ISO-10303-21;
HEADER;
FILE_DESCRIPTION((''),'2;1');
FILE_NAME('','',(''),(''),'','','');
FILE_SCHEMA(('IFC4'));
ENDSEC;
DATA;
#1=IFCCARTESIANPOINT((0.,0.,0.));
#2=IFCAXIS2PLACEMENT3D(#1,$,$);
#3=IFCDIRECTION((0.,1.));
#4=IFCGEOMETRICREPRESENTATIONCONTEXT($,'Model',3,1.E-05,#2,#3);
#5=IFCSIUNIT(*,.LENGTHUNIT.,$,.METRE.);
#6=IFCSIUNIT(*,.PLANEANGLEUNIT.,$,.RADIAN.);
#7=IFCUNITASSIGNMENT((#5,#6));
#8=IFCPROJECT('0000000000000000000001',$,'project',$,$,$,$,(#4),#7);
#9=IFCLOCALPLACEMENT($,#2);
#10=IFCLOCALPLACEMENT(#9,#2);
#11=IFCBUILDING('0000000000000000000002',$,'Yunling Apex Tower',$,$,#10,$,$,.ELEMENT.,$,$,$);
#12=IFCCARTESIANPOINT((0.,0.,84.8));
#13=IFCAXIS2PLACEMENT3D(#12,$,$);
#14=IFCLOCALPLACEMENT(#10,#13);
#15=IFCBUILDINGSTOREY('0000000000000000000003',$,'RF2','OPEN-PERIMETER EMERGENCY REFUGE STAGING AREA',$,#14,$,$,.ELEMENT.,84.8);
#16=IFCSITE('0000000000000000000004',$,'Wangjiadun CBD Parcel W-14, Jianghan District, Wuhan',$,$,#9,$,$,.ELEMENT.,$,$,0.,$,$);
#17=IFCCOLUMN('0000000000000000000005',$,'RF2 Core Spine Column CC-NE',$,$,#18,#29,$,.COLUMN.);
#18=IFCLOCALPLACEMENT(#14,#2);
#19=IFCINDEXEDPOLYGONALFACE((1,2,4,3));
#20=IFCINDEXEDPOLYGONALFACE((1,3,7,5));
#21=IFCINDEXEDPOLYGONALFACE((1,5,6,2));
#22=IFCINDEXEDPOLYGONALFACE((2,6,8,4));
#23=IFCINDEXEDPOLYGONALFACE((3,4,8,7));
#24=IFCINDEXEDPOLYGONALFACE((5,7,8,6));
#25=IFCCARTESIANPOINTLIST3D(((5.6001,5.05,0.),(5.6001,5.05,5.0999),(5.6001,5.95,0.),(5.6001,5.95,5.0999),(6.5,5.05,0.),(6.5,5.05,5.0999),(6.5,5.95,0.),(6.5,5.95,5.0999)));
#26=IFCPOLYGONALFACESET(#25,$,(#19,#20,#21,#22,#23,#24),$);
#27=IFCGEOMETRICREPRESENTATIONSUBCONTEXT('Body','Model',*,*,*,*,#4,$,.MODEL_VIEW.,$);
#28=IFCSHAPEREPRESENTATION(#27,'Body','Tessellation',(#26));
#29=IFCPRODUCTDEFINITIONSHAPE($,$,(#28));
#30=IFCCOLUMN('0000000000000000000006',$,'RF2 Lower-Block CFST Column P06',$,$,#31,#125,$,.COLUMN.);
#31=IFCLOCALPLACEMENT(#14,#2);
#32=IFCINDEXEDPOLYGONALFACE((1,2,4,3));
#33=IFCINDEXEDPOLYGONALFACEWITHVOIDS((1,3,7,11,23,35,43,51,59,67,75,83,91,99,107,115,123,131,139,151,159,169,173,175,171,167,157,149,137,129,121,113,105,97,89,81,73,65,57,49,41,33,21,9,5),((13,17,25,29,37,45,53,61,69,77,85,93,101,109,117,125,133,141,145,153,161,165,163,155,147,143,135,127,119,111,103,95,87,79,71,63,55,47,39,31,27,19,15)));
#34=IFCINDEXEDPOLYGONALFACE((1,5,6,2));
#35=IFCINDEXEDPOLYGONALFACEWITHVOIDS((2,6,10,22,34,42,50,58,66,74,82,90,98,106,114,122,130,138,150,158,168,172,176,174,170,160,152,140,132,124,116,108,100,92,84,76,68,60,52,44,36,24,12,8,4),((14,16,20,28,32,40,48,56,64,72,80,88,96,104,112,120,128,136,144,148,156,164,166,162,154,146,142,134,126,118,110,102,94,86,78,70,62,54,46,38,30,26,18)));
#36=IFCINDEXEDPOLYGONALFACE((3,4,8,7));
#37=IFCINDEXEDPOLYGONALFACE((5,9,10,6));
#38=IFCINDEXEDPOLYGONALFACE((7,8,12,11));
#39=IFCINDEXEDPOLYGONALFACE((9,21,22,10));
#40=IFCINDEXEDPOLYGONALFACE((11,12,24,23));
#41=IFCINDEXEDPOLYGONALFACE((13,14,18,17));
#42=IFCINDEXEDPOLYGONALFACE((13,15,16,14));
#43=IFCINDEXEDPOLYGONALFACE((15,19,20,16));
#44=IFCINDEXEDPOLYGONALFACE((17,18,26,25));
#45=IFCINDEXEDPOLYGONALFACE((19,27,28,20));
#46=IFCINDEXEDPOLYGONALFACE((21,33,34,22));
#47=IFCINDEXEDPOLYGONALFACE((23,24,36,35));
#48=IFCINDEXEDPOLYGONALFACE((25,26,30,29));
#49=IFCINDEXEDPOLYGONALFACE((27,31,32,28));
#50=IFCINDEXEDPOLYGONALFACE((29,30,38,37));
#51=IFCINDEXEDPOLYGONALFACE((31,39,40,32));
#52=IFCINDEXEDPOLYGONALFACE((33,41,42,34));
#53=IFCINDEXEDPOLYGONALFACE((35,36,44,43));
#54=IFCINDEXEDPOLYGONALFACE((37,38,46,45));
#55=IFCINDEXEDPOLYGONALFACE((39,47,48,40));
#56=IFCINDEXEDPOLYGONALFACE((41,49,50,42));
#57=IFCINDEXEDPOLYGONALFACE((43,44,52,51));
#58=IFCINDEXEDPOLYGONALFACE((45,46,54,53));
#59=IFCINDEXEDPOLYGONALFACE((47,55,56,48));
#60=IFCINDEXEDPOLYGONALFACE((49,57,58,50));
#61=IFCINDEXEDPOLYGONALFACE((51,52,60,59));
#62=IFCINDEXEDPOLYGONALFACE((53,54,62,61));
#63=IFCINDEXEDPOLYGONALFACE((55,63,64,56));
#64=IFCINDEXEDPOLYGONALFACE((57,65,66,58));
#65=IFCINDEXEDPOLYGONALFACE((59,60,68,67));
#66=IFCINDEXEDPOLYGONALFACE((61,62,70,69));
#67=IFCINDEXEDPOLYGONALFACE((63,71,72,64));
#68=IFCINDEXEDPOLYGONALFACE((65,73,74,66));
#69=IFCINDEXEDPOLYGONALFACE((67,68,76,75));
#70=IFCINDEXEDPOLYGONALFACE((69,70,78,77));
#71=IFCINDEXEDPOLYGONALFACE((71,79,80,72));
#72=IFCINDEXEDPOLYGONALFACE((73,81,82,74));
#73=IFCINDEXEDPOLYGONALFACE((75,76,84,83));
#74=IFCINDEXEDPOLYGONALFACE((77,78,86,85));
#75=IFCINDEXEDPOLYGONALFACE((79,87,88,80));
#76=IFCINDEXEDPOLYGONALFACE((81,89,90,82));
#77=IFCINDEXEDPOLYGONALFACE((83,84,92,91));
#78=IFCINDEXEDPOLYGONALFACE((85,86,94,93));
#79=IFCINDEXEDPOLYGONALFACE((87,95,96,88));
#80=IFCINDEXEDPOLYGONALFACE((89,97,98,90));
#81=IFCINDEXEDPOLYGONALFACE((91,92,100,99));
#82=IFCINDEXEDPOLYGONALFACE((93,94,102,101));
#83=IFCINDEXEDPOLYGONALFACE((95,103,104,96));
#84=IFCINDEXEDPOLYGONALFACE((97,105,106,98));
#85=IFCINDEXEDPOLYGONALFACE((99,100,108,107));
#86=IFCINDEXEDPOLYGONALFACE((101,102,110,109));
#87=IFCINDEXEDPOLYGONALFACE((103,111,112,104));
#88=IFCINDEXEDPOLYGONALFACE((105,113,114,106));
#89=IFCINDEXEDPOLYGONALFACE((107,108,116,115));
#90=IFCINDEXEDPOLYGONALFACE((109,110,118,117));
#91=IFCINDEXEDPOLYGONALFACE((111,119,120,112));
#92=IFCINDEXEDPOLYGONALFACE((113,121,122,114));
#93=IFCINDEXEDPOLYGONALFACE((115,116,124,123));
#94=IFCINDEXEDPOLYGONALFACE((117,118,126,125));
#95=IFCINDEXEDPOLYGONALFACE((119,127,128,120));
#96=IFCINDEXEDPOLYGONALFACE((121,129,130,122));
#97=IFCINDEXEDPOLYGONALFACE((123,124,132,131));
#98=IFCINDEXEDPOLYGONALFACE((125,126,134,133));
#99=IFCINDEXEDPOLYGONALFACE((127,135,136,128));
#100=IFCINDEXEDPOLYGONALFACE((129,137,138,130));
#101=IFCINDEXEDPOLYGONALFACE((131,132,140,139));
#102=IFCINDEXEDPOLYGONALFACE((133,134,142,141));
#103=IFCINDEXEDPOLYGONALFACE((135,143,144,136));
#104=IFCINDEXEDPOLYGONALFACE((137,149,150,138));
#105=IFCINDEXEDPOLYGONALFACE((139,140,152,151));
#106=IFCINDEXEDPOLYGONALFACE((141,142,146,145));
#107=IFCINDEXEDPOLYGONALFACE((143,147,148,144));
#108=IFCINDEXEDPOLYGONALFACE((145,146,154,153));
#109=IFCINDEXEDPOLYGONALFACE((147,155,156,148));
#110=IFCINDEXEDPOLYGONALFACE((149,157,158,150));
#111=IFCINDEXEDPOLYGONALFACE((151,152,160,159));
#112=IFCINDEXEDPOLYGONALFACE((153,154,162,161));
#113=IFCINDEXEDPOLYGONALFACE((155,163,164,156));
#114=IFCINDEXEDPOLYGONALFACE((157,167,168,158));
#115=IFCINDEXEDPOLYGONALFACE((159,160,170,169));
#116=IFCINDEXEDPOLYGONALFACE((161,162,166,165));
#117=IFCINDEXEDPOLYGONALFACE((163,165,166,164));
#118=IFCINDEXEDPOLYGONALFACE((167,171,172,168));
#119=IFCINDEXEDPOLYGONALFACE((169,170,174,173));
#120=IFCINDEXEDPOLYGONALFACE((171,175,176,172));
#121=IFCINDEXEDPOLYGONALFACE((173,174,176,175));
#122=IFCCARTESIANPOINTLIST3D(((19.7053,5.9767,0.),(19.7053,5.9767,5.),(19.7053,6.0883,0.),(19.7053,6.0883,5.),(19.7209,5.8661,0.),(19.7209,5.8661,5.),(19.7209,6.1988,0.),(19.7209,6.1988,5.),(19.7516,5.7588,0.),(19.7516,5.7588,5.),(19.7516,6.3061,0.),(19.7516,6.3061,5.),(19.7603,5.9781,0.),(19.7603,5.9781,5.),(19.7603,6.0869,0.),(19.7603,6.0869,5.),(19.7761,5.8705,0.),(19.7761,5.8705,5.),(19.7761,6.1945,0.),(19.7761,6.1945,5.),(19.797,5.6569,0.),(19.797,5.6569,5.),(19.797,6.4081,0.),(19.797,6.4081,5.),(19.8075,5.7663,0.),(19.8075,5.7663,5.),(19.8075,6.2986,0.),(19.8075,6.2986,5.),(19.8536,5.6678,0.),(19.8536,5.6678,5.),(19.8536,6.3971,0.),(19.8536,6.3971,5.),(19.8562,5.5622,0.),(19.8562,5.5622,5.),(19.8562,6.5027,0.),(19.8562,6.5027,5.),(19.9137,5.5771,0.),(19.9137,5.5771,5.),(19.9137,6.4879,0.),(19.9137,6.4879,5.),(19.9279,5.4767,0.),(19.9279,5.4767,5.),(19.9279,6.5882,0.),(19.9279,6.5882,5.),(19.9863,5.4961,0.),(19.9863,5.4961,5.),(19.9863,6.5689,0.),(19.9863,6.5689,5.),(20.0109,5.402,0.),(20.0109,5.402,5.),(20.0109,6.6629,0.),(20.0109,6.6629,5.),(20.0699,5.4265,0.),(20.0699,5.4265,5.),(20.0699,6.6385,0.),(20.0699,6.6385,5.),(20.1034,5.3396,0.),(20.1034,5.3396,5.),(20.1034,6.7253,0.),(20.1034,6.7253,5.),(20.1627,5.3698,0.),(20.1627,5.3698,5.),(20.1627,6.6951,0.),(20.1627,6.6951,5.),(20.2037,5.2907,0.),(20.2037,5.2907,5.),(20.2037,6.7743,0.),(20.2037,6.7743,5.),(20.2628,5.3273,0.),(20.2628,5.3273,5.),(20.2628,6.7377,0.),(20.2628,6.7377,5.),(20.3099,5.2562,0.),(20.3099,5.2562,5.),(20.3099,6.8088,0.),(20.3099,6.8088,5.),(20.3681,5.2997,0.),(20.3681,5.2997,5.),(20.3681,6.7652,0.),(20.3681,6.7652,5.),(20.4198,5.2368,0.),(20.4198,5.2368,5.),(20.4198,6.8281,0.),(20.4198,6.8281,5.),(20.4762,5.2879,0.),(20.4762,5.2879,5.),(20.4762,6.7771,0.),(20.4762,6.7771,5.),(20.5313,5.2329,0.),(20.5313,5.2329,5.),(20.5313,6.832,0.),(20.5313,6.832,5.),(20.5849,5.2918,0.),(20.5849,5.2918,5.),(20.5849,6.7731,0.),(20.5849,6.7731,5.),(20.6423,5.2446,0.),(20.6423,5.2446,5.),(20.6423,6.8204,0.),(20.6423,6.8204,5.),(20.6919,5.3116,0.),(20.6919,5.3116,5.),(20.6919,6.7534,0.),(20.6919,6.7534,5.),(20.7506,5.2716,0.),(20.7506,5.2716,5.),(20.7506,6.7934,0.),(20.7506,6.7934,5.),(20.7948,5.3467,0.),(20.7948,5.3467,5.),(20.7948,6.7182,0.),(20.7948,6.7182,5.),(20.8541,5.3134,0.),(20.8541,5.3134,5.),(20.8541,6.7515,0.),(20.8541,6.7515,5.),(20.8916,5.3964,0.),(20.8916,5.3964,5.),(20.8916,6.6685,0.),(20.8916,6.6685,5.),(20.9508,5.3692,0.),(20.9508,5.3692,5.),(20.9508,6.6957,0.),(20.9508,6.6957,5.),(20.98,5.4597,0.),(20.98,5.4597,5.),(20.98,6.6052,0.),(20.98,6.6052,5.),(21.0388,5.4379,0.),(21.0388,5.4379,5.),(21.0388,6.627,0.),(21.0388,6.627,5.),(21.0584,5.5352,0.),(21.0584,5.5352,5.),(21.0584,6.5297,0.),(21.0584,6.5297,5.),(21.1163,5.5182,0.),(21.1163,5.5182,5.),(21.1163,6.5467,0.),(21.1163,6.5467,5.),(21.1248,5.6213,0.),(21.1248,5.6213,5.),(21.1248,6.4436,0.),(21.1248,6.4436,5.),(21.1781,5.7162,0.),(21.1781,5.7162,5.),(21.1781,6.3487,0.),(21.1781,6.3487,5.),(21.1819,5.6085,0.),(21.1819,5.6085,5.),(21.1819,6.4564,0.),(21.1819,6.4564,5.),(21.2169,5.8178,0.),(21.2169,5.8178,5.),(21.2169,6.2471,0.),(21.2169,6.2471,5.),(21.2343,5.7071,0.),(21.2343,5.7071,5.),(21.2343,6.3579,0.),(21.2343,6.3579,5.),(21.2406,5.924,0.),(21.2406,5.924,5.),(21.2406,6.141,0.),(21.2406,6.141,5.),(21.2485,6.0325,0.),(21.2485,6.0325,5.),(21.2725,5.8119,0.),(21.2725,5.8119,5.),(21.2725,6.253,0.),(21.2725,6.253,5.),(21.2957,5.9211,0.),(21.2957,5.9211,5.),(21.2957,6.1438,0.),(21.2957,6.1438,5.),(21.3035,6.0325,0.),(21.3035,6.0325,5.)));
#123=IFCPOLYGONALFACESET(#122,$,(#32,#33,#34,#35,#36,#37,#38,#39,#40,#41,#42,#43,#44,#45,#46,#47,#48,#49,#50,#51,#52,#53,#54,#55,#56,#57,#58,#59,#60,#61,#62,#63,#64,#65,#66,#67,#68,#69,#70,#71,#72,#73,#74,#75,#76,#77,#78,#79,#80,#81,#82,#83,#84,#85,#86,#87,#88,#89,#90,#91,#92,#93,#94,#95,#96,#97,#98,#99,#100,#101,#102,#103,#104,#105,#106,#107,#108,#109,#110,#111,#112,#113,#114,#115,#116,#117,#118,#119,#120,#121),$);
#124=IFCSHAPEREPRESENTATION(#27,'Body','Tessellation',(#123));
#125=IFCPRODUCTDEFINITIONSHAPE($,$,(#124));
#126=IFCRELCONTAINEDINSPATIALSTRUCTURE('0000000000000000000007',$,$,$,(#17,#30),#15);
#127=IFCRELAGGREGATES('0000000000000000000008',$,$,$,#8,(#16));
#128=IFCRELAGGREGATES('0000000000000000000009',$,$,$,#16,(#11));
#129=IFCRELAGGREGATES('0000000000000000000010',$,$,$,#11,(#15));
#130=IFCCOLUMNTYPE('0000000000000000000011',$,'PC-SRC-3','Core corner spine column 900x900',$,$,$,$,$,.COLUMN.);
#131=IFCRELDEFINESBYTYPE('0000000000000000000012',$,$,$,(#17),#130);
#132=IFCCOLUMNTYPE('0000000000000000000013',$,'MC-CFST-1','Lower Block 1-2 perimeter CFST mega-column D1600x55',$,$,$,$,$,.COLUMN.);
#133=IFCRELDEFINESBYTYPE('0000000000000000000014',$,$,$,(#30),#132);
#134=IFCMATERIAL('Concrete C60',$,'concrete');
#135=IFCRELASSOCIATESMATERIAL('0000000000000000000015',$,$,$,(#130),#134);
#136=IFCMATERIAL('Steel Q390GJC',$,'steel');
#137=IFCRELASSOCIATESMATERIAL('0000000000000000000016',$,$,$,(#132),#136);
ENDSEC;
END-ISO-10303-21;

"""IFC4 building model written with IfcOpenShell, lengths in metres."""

from ifc_helpers import new_model, si_unit, direction, frame, origin, origin_2d, place, context, subcontext, project, spatial, rectangle, hollow_circle, extrude, source, transform, mapped, material, material_profile, profile_set, type_object, element, save


model = new_model("IFC4")

# Units and contexts
model_context = context("Model", 3, precision=1e-05, world=origin(), true_north=direction((0.0, 1.0)))
body_context = subcontext(model_context, "Body", "Model", "MODEL_VIEW")
ifc_project = project(units=[si_unit("LENGTHUNIT", "METRE"), si_unit("PLANEANGLEUNIT", "RADIAN")], contexts=[model_context])

# Site, building, storey
site_placement = place(None, origin())
site = spatial("IfcSite", under=ifc_project, at=site_placement, Name="Wangjiadun CBD Parcel W-14, Jianghan District, Wuhan", CompositionType="ELEMENT", RefElevation=0.0)
building_placement = place(site_placement, origin())
building = spatial("IfcBuilding", under=site, at=building_placement, Name="Yunling Apex Tower", CompositionType="ELEMENT")
storey_placement = place(building_placement, frame((0.0, 0.0, 84.8)))
storey = spatial("IfcBuildingStorey", under=building, at=storey_placement, Name="RF2", Description="OPEN-PERIMETER EMERGENCY REFUGE STAGING AREA", CompositionType="ELEMENT", Elevation=84.8)

# Columns
ifc_material_1 = material(Name="Concrete C60", Category="concrete")
ifc_material_profile_1 = material_profile(ifc_material_1, rectangle(XDim=0.8999, YDim=0.8999, at=origin_2d()))
ifc_profile_set_1 = profile_set([ifc_material_profile_1], Name="Concrete C60")
column_type_1 = type_object("IfcColumnType", Name="PC-SRC-3", Description="Core corner spine column 900x900", PredefinedType="COLUMN", material=ifc_profile_set_1)
shared_shape_1 = source(origin(), body_context, "Body", "SweptSolid", [
    extrude(rectangle(XDim=0.8999, YDim=0.8999, at=origin_2d()), origin(), (0.0, 0.0, 1.0), 5.0999),
])
column_placement = place(storey_placement, frame((6.05, 5.5, 0.0), z_axis=(0.0, 0.0, 1.0), x_axis=(1.0, 0.0, 0.0)))
element("IfcColumn", 1, at=column_placement, inside=storey, type_object=column_type_1, Name="RF2 Core Spine Column CC-NE", PredefinedType="COLUMN", context=body_context, shape_type="MappedRepresentation", body=[
    mapped(shared_shape_1, transform((0.0, 0.0, 0.0), scale=1.0)),
])
ifc_material_2 = material(Name="Steel Q390GJC", Category="steel")
ifc_material_profile_2 = material_profile(ifc_material_2, hollow_circle(Radius=0.8, WallThickness=0.0549, at=origin_2d()))
ifc_profile_set_2 = profile_set([ifc_material_profile_2], Name="Steel Q390GJC")
column_type_2 = type_object("IfcColumnType", Name="MC-CFST-1", Description="Lower Block 1-2 perimeter CFST mega-column D1600x55", PredefinedType="COLUMN", material=ifc_profile_set_2)
shared_shape_2 = source(origin(), body_context, "Body", "SweptSolid", [
    extrude(hollow_circle(Radius=0.8, WallThickness=0.0549, at=origin_2d()), origin(), (0.0, 0.0, 1.0), 5.0),
])
for number, where, z_axis, x_axis, name in (
    (2, (20.5034, 6.0325, 0.0), (0.0, 0.0, 1.0), (1.0, 0.0, 0.0), "RF2 Lower-Block CFST Column P06"),
):
    element("IfcColumn", number, at=place(storey_placement, frame(where, z_axis=z_axis, x_axis=x_axis)), inside=storey, type_object=column_type_2, Name=name, PredefinedType="COLUMN", context=body_context, shape_type="MappedRepresentation", body=[
        mapped(shared_shape_2, transform((0.0, 0.0, 0.0), scale=1.0)),
    ])

save(model, "model.ifc")
